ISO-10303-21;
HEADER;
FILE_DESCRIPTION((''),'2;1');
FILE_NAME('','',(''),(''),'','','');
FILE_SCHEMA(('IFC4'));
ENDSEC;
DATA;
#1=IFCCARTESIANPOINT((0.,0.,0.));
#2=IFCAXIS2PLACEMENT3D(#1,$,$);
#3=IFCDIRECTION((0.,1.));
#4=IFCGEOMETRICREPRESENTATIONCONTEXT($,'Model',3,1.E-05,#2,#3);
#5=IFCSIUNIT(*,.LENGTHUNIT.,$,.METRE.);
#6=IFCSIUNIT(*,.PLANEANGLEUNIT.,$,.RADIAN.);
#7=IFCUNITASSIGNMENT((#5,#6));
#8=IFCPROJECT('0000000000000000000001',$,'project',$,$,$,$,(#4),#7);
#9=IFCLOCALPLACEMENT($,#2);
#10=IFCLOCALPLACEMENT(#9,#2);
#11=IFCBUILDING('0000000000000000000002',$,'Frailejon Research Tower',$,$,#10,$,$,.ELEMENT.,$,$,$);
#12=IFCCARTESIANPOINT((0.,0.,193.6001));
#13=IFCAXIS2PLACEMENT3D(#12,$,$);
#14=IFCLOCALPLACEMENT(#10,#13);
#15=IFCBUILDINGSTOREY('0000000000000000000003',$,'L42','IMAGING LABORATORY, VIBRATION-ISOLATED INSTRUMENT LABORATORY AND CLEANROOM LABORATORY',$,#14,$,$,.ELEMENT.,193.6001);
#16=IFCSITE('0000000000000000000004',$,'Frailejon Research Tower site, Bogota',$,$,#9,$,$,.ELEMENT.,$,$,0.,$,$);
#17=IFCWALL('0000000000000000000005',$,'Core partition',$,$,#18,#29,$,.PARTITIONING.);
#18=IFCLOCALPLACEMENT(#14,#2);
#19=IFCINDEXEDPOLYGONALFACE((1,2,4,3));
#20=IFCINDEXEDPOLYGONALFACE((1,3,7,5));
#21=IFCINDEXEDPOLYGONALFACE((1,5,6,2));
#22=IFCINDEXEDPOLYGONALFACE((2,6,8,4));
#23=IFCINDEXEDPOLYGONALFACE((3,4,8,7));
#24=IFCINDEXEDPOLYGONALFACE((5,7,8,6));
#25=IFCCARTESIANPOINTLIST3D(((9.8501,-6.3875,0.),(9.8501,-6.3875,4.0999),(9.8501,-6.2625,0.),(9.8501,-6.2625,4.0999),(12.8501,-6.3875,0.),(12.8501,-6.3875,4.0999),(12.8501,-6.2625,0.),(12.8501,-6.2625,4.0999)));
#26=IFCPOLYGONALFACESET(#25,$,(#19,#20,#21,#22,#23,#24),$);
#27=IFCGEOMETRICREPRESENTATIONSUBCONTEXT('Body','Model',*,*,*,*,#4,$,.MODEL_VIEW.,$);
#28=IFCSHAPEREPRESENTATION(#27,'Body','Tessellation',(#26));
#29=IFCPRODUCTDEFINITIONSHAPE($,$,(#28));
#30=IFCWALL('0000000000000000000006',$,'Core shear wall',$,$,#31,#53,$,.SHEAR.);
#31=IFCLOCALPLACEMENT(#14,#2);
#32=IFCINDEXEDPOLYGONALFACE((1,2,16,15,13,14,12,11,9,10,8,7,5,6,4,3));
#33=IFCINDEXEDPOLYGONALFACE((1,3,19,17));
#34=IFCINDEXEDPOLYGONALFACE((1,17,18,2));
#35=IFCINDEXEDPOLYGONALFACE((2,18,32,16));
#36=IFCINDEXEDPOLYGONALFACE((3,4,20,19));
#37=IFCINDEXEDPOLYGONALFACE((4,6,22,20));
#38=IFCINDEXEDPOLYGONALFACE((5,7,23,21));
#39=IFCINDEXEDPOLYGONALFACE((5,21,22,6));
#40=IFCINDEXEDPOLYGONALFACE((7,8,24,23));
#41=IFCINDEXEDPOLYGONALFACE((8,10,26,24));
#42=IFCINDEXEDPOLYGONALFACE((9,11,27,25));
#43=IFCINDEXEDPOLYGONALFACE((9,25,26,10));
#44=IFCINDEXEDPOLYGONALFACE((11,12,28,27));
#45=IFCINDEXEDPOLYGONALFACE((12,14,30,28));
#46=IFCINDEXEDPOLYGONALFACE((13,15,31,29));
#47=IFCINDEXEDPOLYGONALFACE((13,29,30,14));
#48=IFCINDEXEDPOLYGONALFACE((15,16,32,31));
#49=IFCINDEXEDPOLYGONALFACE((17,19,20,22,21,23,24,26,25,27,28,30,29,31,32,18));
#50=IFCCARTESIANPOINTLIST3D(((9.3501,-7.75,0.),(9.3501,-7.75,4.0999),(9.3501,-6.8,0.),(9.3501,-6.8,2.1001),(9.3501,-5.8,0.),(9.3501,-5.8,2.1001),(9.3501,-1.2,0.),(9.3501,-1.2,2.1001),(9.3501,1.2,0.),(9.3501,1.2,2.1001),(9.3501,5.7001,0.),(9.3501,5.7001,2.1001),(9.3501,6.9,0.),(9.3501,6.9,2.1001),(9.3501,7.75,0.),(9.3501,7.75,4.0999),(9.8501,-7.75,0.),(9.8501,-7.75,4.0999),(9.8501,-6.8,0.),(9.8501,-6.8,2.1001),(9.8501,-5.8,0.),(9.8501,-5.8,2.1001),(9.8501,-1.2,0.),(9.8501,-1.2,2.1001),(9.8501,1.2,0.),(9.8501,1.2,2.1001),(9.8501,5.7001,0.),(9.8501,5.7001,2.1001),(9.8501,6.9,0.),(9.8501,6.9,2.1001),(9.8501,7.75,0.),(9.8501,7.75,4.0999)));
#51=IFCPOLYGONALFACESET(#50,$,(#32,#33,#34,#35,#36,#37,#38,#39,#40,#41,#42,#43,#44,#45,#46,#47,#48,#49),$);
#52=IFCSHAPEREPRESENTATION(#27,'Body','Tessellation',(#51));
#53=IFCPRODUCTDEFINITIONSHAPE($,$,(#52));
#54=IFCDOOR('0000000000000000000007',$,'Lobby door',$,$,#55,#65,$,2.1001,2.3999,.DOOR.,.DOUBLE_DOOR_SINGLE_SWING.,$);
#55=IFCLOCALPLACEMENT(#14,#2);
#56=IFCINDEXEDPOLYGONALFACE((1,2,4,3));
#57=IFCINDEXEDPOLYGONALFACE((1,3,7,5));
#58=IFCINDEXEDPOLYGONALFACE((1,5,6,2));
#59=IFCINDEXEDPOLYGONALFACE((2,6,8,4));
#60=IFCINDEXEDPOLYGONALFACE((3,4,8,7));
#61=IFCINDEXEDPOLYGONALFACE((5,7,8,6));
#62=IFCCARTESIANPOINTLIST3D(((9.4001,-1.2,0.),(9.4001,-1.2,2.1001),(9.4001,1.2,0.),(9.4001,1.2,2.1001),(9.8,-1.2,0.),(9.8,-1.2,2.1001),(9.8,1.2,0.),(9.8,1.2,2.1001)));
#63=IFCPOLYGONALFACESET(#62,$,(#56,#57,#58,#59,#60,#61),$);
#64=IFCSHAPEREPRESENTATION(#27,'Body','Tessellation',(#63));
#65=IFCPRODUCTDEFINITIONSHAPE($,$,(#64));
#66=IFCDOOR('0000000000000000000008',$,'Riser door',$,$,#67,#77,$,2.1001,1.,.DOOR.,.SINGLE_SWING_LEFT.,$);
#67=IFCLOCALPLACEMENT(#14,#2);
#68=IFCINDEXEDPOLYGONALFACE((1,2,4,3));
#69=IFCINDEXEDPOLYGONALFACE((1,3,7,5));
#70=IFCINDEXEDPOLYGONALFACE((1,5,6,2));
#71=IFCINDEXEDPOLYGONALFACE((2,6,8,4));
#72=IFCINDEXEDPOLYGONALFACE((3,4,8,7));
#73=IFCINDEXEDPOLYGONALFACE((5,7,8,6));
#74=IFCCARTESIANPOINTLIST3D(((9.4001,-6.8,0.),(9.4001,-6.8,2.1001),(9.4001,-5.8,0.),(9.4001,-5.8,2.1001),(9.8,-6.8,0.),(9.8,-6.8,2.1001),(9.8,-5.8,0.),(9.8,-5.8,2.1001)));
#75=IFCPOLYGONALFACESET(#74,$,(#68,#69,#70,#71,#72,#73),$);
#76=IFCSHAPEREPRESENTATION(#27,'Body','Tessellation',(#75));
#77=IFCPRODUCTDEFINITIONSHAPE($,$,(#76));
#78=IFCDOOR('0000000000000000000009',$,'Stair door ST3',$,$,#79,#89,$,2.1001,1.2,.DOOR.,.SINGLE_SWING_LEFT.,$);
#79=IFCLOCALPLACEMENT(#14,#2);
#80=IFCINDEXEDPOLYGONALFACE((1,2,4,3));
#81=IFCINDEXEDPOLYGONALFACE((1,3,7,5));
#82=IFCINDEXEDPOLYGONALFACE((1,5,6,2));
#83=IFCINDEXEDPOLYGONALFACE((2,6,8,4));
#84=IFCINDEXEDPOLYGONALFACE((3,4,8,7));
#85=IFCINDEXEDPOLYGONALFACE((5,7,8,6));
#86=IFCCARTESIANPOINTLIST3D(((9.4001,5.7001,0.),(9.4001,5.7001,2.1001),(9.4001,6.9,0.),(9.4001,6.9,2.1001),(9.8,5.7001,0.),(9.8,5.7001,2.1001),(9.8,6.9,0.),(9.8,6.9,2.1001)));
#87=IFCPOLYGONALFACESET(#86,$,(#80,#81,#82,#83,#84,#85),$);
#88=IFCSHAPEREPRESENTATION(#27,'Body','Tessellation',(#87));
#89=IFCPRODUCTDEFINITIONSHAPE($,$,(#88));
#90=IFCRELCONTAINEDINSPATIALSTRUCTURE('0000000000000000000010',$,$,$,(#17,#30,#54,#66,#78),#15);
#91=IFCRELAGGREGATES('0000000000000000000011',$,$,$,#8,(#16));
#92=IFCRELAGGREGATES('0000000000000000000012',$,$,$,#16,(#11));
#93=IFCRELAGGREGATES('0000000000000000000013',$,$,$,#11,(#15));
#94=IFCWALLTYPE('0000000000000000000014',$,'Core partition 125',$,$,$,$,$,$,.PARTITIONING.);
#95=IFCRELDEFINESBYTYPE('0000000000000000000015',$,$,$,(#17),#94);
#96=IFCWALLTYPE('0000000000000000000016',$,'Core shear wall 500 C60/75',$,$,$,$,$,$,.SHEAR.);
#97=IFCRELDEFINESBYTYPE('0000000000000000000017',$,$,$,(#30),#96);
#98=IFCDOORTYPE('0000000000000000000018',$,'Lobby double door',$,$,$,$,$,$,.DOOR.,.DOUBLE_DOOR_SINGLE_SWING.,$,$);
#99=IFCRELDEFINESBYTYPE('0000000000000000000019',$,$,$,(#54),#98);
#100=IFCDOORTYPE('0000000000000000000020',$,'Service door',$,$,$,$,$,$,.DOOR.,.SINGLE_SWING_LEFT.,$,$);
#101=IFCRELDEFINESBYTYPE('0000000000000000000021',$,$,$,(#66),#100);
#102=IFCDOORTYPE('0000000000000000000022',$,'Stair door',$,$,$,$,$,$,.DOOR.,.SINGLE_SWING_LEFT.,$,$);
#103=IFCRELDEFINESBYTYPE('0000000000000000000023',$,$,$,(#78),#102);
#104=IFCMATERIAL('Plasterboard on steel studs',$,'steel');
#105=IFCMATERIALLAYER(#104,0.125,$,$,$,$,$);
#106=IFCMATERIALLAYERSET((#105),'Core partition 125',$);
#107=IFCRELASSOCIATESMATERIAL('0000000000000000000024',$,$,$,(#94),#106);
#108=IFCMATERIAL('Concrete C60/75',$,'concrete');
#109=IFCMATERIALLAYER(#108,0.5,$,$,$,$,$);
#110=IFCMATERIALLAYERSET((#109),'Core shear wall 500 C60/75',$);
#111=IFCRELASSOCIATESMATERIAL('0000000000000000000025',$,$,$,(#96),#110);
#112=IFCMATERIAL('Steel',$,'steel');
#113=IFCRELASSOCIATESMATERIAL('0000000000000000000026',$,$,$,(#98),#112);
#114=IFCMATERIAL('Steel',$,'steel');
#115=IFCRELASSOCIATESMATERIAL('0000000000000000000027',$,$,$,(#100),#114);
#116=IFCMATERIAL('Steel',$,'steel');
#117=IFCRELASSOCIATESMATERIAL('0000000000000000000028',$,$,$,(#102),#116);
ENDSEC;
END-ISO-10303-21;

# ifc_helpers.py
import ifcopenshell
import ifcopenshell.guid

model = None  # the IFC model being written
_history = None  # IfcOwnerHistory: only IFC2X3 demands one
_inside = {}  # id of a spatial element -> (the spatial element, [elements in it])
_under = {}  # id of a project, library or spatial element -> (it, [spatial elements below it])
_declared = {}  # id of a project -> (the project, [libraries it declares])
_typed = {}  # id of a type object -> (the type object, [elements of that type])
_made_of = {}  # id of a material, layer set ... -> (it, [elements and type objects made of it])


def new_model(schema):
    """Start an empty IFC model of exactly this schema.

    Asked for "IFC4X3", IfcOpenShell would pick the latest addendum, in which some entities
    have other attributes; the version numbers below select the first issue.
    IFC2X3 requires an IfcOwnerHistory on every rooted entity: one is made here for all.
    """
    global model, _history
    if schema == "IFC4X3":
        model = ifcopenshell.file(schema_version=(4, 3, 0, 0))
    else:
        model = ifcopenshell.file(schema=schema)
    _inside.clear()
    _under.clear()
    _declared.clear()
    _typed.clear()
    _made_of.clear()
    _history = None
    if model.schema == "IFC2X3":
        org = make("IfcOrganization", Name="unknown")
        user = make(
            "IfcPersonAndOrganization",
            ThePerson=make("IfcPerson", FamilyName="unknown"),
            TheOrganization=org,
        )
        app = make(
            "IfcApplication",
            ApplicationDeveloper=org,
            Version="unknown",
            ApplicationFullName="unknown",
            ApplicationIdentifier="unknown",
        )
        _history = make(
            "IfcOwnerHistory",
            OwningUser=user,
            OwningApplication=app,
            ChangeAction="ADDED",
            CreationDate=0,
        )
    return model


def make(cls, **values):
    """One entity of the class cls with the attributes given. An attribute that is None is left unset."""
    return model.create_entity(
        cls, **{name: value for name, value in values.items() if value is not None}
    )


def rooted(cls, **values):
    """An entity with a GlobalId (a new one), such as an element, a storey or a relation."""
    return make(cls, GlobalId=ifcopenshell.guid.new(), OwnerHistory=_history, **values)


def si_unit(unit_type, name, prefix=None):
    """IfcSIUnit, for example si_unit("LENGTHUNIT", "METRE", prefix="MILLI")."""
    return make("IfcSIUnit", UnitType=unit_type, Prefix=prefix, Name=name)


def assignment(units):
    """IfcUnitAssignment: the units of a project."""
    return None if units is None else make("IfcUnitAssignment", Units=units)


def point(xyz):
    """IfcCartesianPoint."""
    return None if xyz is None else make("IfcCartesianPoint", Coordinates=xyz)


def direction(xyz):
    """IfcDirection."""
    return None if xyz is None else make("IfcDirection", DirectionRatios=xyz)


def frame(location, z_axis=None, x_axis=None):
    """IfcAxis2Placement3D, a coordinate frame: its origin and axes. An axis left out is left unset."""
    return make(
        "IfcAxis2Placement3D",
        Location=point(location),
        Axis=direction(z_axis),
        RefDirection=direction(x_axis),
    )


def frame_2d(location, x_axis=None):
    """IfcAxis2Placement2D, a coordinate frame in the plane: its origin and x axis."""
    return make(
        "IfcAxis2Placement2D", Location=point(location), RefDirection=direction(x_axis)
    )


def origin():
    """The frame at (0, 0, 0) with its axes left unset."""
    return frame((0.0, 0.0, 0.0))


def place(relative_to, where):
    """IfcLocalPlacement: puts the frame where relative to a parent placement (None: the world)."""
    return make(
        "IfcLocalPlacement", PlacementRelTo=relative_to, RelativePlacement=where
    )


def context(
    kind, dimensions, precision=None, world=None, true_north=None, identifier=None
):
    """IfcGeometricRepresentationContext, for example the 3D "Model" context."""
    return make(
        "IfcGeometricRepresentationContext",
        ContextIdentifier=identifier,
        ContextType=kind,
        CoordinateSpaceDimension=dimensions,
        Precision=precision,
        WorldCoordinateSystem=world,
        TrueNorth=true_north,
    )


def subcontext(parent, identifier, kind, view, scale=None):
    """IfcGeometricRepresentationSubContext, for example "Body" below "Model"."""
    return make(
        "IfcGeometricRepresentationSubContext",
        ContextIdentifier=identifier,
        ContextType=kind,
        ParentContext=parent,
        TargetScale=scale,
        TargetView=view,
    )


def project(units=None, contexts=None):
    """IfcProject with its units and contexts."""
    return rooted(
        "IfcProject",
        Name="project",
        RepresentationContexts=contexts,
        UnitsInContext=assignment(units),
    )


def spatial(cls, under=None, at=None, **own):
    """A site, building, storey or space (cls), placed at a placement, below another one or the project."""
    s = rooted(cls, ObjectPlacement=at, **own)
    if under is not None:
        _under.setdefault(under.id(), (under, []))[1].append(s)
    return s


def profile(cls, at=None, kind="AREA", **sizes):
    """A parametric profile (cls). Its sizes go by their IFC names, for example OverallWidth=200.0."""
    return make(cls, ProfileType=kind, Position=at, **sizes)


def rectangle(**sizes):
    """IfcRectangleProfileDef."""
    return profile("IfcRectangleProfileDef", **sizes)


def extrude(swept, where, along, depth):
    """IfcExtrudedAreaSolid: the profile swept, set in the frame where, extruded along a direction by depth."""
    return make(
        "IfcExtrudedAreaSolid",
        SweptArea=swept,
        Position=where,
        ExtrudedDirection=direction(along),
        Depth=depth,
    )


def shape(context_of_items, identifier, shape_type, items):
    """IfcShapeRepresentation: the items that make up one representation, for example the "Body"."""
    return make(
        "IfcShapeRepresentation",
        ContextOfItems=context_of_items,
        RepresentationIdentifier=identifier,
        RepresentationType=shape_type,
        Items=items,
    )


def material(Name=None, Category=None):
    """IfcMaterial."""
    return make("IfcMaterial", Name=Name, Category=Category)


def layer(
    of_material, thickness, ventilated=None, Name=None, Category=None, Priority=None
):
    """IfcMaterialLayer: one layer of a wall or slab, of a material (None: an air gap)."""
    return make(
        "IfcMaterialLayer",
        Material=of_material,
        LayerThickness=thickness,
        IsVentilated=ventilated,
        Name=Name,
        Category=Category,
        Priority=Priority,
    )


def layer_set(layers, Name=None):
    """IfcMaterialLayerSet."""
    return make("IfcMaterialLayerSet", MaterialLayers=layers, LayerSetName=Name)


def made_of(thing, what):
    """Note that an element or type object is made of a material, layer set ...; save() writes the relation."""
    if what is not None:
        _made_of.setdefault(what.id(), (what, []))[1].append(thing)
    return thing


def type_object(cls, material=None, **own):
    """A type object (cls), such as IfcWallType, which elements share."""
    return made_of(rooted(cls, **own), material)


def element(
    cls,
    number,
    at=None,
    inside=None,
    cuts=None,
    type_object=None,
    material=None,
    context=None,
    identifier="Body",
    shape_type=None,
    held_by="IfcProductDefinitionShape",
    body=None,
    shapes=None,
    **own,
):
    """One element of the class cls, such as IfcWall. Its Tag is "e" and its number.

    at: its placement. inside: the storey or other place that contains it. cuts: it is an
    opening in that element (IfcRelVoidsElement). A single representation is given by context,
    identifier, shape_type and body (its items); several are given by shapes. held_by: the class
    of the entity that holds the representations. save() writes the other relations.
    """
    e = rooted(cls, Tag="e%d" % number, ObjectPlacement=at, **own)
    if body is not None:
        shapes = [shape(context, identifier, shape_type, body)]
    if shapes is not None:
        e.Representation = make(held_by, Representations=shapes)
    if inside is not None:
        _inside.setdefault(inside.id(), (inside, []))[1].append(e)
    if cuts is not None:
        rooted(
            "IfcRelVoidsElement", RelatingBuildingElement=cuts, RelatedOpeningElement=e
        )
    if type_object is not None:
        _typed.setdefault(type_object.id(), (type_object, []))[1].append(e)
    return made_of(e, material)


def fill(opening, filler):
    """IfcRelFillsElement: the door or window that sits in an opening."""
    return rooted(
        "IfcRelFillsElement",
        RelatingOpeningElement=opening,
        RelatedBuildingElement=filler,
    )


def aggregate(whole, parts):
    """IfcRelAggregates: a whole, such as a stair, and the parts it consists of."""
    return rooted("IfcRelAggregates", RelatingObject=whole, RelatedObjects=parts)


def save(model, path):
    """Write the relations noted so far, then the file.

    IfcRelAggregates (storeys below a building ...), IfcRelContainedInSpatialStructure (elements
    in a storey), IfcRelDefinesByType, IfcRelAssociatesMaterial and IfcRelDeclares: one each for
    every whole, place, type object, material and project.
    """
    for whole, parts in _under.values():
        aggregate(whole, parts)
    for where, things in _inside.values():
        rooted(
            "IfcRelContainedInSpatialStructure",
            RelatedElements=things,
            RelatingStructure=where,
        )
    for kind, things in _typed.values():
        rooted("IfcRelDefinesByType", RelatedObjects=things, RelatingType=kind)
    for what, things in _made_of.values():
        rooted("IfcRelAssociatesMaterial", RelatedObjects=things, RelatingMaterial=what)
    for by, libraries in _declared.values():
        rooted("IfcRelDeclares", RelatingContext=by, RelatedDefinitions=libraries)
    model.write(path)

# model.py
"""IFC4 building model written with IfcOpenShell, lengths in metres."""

from ifc_helpers import new_model, si_unit, direction, frame, frame_2d, origin, place, context, subcontext, project, spatial, rectangle, extrude, material, layer, layer_set, type_object, element, fill, save


model = new_model("IFC4")

# Units and contexts
model_context = context("Model", 3, precision=1e-05, world=origin(), true_north=direction((0.0, 1.0)))
body_context = subcontext(model_context, "Body", "Model", "MODEL_VIEW")
ifc_project = project(units=[si_unit("LENGTHUNIT", "METRE"), si_unit("PLANEANGLEUNIT", "RADIAN")], contexts=[model_context])

# Site, building, storey
site_placement = place(None, origin())
site = spatial("IfcSite", under=ifc_project, at=site_placement, Name="Frailejon Research Tower site, Bogota", CompositionType="ELEMENT", RefElevation=0.0)
building_placement = place(site_placement, origin())
building = spatial("IfcBuilding", under=site, at=building_placement, Name="Frailejon Research Tower", CompositionType="ELEMENT")
storey_placement = place(building_placement, frame((0.0, 0.0, 193.6001)))
storey = spatial("IfcBuildingStorey", under=building, at=storey_placement, Name="L42", Description="IMAGING LABORATORY, VIBRATION-ISOLATED INSTRUMENT LABORATORY AND CLEANROOM LABORATORY", CompositionType="ELEMENT", Elevation=193.6001)

# Wall
ifc_material_1 = material(Name="Plasterboard on steel studs", Category="steel")
ifc_layer_1 = layer(ifc_material_1, 0.125)
ifc_layer_set_1 = layer_set([ifc_layer_1], Name="Core partition 125")
wall_type_1 = type_object("IfcWallType", Name="Core partition 125", PredefinedType="PARTITIONING", material=ifc_layer_set_1)
wall_1_placement = place(storey_placement, frame((9.8501, -6.325, 0.0), z_axis=(0.0, 0.0, 1.0), x_axis=(1.0, 0.0, 0.0)))
element("IfcWall", 1, at=wall_1_placement, inside=storey, type_object=wall_type_1, Name="Core partition", PredefinedType="PARTITIONING", context=body_context, shape_type="SweptSolid", body=[
    extrude(rectangle(XDim=3.0, YDim=0.125, at=frame_2d((1.5, 0.0))), origin(), (0.0, 0.0, 1.0), 4.0999),
])

# Wall, openings, doors
ifc_material_2 = material(Name="Concrete C60/75", Category="concrete")
ifc_layer_2 = layer(ifc_material_2, 0.5)
ifc_layer_set_2 = layer_set([ifc_layer_2], Name="Core shear wall 500 C60/75")
wall_type_2 = type_object("IfcWallType", Name="Core shear wall 500 C60/75", PredefinedType="SHEAR", material=ifc_layer_set_2)
wall_2_placement = place(storey_placement, frame((9.6001, -7.75, 0.0), z_axis=(0.0, 0.0, 1.0), x_axis=(0.0, 1.0, 0.0)))
wall_2 = element("IfcWall", 2, at=wall_2_placement, inside=storey, type_object=wall_type_2, Name="Core shear wall", PredefinedType="SHEAR", context=body_context, shape_type="SweptSolid", body=[
    extrude(rectangle(XDim=15.5, YDim=0.5, at=frame_2d((7.75, 0.0))), origin(), (0.0, 0.0, 1.0), 4.0999),
])
opening_1_placement = place(wall_2_placement, frame((6.55, 0.0, 0.0)))
opening_1 = element("IfcOpeningElement", 3, at=opening_1_placement, cuts=wall_2, PredefinedType="OPENING", context=body_context, shape_type="SweptSolid", body=[
    extrude(rectangle(XDim=2.3999, YDim=2.1001, at=frame_2d((1.2, 1.05))), frame((0.0, 0.26, 0.0), z_axis=(0.0, -1.0, 0.0), x_axis=(1.0, 0.0, 0.0)), (0.0, 0.0, 1.0), 0.52),
])
opening_2_placement = place(wall_2_placement, frame((13.45, 0.0, 0.0)))
opening_2 = element("IfcOpeningElement", 4, at=opening_2_placement, cuts=wall_2, PredefinedType="OPENING", context=body_context, shape_type="SweptSolid", body=[
    extrude(rectangle(XDim=1.2, YDim=2.1001, at=frame_2d((0.6001, 1.05))), frame((0.0, 0.26, 0.0), z_axis=(0.0, -1.0, 0.0), x_axis=(1.0, 0.0, 0.0)), (0.0, 0.0, 1.0), 0.52),
])
opening_3_placement = place(wall_2_placement, frame((0.95, 0.0, 0.0)))
opening_3 = element("IfcOpeningElement", 5, at=opening_3_placement, cuts=wall_2, PredefinedType="OPENING", context=body_context, shape_type="SweptSolid", body=[
    extrude(rectangle(XDim=1.0, YDim=2.1001, at=frame_2d((0.5, 1.05))), frame((0.0, 0.26, 0.0), z_axis=(0.0, -1.0, 0.0), x_axis=(1.0, 0.0, 0.0)), (0.0, 0.0, 1.0), 0.52),
])
ifc_material_3 = material(Name="Steel", Category="steel")
door_type_1 = type_object("IfcDoorType", Name="Lobby double door", OperationType="DOUBLE_DOOR_SINGLE_SWING", PredefinedType="DOOR", material=ifc_material_3)
door_1_placement = place(opening_1_placement, origin())
door_1 = element("IfcDoor", 6, at=door_1_placement, inside=storey, type_object=door_type_1, Name="Lobby door", OperationType="DOUBLE_DOOR_SINGLE_SWING", OverallHeight=2.1001, OverallWidth=2.3999, PredefinedType="DOOR", context=body_context, shape_type="SweptSolid", body=[
    extrude(rectangle(XDim=2.3999, YDim=2.1001, at=frame_2d((1.2, 1.05))), frame((0.0, 0.2, 0.0), z_axis=(0.0, -1.0, 0.0), x_axis=(1.0, 0.0, 0.0)), (0.0, 0.0, 1.0), 0.3999),
])
fill(opening_1, door_1)
ifc_material_4 = material(Name="Steel", Category="steel")
door_type_2 = type_object("IfcDoorType", Name="Service door", OperationType="SINGLE_SWING_LEFT", PredefinedType="DOOR", material=ifc_material_4)
door_2_placement = place(opening_3_placement, origin())
door_2 = element("IfcDoor", 7, at=door_2_placement, inside=storey, type_object=door_type_2, Name="Riser door", OperationType="SINGLE_SWING_LEFT", OverallHeight=2.1001, OverallWidth=1.0, PredefinedType="DOOR", context=body_context, shape_type="SweptSolid", body=[
    extrude(rectangle(XDim=1.0, YDim=2.1001, at=frame_2d((0.5, 1.05))), frame((0.0, 0.2, 0.0), z_axis=(0.0, -1.0, 0.0), x_axis=(1.0, 0.0, 0.0)), (0.0, 0.0, 1.0), 0.3999),
])
fill(opening_3, door_2)
ifc_material_5 = material(Name="Steel", Category="steel")
door_type_3 = type_object("IfcDoorType", Name="Stair door", OperationType="SINGLE_SWING_LEFT", PredefinedType="DOOR", material=ifc_material_5)
door_3_placement = place(opening_2_placement, origin())
door_3 = element("IfcDoor", 8, at=door_3_placement, inside=storey, type_object=door_type_3, Name="Stair door ST3", OperationType="SINGLE_SWING_LEFT", OverallHeight=2.1001, OverallWidth=1.2, PredefinedType="DOOR", context=body_context, shape_type="SweptSolid", body=[
    extrude(rectangle(XDim=1.2, YDim=2.1001, at=frame_2d((0.6001, 1.05))), frame((0.0, 0.2, 0.0), z_axis=(0.0, -1.0, 0.0), x_axis=(1.0, 0.0, 0.0)), (0.0, 0.0, 1.0), 0.3999),
])
fill(opening_2, door_3)

save(model, "model.ifc")
